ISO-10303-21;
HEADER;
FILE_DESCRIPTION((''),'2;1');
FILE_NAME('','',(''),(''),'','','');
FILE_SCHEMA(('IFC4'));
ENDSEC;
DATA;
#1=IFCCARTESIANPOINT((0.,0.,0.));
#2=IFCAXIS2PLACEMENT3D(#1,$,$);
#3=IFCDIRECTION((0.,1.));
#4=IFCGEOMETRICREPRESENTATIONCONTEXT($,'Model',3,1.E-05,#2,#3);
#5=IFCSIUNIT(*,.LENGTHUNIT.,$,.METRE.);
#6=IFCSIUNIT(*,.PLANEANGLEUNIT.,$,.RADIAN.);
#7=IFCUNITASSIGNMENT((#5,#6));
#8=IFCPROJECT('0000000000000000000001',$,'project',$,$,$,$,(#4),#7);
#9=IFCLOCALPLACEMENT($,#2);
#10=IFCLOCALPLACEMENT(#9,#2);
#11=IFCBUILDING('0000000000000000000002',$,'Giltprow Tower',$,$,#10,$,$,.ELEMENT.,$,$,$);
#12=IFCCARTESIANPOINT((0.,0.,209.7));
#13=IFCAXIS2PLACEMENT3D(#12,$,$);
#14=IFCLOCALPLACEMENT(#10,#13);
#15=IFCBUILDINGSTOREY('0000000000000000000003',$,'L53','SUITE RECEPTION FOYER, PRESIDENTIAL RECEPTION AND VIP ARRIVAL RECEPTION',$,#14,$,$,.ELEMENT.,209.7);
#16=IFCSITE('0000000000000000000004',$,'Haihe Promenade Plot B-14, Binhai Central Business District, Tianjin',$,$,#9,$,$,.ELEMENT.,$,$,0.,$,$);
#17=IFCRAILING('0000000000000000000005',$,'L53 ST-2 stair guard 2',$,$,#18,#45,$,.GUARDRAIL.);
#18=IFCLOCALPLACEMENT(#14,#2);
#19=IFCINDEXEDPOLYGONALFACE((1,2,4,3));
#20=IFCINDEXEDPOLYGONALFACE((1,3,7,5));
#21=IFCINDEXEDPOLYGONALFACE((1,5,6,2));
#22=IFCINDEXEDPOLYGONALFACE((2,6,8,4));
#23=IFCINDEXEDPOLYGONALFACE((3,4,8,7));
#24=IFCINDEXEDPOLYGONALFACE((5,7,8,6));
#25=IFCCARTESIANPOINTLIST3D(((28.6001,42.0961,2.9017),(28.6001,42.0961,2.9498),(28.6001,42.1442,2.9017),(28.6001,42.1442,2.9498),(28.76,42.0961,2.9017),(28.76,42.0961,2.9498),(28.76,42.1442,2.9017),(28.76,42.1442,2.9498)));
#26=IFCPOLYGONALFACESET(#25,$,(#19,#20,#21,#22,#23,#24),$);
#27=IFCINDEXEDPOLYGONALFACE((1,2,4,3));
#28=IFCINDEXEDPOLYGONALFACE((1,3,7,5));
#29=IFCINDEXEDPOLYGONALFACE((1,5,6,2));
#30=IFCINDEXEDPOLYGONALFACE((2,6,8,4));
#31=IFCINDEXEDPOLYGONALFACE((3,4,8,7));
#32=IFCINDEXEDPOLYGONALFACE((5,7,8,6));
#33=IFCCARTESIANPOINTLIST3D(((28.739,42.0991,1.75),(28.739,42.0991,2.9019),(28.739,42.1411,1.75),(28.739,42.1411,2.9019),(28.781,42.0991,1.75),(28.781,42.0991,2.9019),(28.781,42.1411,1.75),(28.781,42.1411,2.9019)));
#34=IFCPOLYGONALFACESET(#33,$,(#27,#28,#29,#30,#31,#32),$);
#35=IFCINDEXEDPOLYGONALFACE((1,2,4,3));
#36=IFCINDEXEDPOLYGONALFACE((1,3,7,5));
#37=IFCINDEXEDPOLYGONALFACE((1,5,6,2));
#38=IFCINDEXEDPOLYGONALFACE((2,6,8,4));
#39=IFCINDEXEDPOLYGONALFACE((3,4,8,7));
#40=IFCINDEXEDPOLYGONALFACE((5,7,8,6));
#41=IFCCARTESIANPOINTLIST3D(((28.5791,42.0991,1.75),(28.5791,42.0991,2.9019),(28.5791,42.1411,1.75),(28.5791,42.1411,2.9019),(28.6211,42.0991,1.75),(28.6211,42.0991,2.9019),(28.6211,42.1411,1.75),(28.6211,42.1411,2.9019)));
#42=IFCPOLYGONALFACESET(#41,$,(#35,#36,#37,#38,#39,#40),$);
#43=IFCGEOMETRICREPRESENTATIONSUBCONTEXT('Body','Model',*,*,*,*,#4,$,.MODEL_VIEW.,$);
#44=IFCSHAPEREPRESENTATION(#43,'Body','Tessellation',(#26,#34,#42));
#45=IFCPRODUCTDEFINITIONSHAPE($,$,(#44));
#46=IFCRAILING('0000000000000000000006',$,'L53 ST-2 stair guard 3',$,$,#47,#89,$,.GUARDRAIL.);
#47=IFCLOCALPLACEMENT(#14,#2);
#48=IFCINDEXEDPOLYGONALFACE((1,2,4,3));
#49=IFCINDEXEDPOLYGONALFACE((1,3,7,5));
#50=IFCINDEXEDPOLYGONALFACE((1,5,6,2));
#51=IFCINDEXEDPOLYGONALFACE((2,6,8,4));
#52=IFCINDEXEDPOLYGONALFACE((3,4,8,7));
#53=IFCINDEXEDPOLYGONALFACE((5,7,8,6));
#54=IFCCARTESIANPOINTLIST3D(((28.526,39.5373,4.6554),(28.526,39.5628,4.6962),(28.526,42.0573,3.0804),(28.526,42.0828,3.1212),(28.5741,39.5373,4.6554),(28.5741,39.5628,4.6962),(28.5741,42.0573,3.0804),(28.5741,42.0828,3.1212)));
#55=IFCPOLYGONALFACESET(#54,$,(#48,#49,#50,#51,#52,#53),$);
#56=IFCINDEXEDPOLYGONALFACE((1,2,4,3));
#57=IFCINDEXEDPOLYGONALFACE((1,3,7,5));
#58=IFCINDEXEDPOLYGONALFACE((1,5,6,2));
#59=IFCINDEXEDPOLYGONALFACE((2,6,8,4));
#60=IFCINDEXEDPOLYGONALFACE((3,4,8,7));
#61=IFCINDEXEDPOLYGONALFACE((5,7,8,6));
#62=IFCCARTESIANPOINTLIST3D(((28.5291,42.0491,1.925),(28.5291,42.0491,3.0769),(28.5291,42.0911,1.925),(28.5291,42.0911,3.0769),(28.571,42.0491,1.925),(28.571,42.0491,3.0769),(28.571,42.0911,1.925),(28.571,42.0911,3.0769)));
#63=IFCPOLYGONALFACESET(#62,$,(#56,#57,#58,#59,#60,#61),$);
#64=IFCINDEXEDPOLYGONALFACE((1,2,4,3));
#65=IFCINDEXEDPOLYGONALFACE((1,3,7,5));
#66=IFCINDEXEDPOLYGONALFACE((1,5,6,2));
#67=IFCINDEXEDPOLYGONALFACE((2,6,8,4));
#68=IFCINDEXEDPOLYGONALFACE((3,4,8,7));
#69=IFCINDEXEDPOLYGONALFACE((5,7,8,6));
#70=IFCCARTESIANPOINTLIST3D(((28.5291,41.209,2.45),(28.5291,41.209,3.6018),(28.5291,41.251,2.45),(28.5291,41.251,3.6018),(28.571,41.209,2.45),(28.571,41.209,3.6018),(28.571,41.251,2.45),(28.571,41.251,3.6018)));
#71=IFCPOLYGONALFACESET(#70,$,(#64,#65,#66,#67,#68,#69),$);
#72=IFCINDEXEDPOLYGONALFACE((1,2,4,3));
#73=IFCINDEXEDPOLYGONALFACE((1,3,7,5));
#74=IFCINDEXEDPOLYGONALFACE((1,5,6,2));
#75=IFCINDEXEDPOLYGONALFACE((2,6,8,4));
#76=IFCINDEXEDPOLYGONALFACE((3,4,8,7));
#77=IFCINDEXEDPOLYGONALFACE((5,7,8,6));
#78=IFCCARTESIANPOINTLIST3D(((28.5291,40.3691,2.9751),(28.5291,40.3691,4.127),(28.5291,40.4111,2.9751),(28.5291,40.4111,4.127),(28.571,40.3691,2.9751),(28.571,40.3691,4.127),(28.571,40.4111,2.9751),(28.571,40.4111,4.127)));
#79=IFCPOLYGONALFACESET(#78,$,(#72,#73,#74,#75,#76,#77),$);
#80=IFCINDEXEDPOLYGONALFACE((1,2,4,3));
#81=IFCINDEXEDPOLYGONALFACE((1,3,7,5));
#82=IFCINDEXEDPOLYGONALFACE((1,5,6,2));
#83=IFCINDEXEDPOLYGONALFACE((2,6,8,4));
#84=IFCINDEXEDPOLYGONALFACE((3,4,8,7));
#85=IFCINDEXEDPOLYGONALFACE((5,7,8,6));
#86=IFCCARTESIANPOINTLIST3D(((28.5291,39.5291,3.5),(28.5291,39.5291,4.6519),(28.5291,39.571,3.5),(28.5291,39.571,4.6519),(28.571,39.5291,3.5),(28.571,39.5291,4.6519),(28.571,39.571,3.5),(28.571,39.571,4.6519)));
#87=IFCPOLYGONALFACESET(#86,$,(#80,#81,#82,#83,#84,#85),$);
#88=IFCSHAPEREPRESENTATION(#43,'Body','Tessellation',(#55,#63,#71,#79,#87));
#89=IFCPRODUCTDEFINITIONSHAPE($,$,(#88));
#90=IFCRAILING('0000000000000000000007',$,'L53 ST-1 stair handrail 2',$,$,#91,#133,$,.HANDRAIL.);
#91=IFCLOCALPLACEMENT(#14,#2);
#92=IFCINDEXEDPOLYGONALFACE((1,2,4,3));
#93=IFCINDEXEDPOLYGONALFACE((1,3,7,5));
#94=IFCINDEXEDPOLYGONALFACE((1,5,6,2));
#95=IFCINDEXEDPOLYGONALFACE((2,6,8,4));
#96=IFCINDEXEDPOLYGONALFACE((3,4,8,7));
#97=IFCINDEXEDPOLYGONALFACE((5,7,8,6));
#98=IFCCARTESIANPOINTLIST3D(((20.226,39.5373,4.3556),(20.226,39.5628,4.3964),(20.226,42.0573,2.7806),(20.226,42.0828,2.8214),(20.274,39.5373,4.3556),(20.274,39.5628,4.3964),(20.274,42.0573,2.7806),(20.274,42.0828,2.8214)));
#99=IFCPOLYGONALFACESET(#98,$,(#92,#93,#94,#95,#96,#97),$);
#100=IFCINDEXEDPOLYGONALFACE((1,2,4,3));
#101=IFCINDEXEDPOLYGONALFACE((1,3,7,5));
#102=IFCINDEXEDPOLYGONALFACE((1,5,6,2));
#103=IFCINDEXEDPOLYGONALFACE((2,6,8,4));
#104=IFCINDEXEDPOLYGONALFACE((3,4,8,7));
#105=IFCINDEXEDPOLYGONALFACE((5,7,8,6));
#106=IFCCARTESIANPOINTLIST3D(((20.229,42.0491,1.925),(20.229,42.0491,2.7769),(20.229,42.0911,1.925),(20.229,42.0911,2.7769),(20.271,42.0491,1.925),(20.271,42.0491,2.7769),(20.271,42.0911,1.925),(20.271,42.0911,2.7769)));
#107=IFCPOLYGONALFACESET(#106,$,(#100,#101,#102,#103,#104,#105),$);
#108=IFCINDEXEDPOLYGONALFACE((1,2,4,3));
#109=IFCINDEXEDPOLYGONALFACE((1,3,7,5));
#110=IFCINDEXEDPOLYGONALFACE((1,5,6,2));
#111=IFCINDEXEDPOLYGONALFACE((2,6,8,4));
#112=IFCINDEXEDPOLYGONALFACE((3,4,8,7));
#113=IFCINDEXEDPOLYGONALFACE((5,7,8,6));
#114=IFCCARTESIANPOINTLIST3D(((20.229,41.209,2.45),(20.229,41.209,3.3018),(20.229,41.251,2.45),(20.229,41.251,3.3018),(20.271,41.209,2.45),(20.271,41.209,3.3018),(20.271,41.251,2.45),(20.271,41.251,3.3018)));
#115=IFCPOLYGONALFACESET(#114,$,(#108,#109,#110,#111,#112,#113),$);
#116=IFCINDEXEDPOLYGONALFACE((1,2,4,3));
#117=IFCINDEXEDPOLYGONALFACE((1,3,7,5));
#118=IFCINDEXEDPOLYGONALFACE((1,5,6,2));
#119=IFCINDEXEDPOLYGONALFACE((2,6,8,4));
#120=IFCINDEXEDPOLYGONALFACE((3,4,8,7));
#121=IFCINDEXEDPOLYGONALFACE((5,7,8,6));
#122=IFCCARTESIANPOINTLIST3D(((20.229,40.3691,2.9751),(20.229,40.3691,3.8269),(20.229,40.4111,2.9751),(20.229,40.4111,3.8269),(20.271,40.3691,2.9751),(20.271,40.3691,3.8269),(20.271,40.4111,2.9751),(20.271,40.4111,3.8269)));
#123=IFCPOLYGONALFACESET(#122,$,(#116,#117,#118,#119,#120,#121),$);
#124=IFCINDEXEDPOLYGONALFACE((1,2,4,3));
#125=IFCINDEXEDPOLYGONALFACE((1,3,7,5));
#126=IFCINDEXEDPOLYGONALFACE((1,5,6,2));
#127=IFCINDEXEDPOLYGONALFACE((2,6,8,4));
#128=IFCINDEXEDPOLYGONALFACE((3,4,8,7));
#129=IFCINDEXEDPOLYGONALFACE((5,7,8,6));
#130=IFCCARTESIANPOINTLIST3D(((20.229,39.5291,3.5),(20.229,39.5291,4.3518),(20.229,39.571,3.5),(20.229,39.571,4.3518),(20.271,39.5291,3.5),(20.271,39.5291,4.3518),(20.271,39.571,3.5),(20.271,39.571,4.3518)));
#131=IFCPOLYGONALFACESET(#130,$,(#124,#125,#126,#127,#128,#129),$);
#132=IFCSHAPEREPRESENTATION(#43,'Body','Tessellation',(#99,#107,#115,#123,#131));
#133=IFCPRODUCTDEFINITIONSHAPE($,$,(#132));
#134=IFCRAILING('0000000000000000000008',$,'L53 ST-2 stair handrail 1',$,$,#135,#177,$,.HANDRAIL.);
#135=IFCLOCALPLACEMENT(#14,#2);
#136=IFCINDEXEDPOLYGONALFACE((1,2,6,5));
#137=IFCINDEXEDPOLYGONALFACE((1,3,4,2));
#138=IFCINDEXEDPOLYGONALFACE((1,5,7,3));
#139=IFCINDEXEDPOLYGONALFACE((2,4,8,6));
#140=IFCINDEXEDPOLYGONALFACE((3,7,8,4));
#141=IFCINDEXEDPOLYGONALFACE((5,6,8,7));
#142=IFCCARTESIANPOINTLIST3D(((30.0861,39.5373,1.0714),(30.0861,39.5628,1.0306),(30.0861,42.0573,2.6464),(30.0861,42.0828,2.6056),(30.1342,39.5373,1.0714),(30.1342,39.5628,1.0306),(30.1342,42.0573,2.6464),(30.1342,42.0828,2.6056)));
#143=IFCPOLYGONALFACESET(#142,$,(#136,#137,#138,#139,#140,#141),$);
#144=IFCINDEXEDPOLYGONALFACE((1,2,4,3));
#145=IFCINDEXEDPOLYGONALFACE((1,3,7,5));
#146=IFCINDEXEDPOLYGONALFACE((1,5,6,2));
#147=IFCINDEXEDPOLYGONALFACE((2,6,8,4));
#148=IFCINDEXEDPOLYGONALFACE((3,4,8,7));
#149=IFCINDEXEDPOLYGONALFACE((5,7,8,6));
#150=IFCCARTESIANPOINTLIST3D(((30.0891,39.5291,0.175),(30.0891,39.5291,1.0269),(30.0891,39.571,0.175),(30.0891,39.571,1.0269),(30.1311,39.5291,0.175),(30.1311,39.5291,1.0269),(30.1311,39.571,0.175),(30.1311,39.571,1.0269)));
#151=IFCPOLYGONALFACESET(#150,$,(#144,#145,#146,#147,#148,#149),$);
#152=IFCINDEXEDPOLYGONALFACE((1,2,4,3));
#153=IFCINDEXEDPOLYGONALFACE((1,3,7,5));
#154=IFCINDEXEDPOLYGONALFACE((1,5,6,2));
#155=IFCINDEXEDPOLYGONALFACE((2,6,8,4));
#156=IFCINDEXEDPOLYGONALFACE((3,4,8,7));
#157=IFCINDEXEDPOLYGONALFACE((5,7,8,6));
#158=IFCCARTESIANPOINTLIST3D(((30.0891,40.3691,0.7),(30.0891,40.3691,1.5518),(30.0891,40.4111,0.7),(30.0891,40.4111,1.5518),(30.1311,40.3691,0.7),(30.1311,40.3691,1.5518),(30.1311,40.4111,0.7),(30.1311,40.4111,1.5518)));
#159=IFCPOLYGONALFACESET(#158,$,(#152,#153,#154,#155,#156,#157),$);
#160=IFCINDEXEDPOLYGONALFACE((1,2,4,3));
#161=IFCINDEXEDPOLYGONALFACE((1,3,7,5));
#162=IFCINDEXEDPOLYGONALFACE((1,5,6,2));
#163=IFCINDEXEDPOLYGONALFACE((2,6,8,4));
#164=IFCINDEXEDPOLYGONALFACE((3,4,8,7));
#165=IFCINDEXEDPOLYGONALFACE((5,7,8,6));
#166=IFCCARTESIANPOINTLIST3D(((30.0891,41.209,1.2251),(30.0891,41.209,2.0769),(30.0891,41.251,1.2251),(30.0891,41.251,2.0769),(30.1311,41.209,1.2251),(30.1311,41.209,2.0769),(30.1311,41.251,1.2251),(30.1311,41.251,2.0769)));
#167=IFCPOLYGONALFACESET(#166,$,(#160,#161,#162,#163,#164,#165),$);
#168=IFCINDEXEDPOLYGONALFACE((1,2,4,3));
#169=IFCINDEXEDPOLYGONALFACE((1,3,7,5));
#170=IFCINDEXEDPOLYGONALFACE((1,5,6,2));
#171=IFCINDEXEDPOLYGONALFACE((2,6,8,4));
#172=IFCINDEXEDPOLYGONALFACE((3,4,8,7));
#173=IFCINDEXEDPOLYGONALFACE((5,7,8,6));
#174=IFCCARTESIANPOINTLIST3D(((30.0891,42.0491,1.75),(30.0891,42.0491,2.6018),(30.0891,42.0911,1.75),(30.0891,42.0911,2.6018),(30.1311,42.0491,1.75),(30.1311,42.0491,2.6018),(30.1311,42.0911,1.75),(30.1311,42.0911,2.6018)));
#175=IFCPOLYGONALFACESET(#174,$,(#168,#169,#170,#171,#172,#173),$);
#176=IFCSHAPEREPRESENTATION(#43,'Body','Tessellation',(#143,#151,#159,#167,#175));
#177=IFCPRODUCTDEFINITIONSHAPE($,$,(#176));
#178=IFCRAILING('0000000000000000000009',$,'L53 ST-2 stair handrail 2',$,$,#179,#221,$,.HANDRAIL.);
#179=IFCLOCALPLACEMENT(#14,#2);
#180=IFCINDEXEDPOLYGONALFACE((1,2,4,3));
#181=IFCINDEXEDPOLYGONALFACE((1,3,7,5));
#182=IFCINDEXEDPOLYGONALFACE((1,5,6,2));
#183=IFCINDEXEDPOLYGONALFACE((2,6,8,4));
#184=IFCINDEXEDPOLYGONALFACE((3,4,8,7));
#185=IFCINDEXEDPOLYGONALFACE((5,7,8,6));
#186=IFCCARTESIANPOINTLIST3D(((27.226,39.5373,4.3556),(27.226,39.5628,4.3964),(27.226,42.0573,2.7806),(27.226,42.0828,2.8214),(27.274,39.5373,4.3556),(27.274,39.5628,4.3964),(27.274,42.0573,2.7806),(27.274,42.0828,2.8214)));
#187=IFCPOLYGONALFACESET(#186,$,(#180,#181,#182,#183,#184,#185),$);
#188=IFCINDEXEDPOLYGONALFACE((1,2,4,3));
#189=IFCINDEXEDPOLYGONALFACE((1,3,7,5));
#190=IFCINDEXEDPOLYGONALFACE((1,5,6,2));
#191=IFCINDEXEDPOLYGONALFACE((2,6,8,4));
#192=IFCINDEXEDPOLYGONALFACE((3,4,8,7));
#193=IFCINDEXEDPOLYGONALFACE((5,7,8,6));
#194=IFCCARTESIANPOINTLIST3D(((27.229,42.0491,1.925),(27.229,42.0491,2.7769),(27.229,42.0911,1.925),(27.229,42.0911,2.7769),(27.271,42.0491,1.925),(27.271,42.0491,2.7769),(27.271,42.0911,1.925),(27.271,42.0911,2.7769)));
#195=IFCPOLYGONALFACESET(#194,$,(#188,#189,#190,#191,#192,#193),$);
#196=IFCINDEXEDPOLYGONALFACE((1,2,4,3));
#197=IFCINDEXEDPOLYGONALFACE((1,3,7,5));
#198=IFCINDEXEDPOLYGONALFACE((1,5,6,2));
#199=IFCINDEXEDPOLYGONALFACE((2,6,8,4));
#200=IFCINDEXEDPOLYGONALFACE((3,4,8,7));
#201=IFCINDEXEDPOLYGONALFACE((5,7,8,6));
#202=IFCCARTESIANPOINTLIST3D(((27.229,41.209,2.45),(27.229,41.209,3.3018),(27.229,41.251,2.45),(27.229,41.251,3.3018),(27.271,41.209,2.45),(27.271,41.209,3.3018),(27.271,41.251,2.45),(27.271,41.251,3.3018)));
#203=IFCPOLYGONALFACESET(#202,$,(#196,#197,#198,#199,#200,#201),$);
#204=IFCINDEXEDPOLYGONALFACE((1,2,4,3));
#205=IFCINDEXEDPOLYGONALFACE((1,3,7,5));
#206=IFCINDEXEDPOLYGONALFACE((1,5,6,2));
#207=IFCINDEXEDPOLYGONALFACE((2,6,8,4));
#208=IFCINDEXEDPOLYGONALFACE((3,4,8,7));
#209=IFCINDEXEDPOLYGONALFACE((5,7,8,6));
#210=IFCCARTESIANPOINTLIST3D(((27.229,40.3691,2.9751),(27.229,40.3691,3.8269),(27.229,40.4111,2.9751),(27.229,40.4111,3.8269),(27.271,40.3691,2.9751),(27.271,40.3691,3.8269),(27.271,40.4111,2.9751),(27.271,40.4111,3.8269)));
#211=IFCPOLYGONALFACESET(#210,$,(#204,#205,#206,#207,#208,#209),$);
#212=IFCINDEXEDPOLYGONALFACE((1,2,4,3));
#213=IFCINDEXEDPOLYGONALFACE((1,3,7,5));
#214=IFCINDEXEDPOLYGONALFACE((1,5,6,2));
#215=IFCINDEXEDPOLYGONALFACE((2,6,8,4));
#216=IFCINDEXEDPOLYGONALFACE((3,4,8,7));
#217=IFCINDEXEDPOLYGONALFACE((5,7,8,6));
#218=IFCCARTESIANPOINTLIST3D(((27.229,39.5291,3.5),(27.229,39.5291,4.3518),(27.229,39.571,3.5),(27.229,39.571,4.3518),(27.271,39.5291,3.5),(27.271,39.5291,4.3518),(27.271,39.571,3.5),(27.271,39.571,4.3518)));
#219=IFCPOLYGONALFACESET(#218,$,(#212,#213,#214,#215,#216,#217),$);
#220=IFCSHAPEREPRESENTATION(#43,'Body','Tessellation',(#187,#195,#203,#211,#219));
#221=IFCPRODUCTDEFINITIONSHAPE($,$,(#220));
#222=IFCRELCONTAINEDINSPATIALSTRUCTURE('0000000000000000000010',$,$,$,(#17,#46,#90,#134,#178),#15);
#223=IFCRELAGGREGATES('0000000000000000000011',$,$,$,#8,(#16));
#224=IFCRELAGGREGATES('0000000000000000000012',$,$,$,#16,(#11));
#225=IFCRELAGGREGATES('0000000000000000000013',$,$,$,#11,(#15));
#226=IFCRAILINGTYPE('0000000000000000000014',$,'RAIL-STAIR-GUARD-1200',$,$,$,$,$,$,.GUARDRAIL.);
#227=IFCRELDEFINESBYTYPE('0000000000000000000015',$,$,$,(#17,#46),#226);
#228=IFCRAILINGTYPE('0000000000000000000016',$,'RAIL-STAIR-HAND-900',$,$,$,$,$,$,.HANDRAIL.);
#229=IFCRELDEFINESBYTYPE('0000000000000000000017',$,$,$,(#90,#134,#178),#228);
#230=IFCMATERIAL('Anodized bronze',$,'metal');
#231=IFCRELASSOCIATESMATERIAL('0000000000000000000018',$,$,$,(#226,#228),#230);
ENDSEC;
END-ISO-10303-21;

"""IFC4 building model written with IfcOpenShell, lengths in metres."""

from ifc_helpers import new_model, si_unit, direction, frame, origin, origin_2d, place, context, subcontext, project, spatial, rectangle, extrude, material, type_object, element, save


model = new_model("IFC4")

# Units and contexts
model_context = context("Model", 3, precision=1e-05, world=origin(), true_north=direction((0.0, 1.0)))
body_context = subcontext(model_context, "Body", "Model", "MODEL_VIEW")
ifc_project = project(units=[si_unit("LENGTHUNIT", "METRE"), si_unit("PLANEANGLEUNIT", "RADIAN")], contexts=[model_context])

# Site, building, storey
site_placement = place(None, origin())
site = spatial("IfcSite", under=ifc_project, at=site_placement, Name="Haihe Promenade Plot B-14, Binhai Central Business District, Tianjin", CompositionType="ELEMENT", RefElevation=0.0)
building_placement = place(site_placement, origin())
building = spatial("IfcBuilding", under=site, at=building_placement, Name="Giltprow Tower", CompositionType="ELEMENT")
storey_placement = place(building_placement, frame((0.0, 0.0, 209.7)))
storey = spatial("IfcBuildingStorey", under=building, at=storey_placement, Name="L53", Description="SUITE RECEPTION FOYER, PRESIDENTIAL RECEPTION AND VIP ARRIVAL RECEPTION", CompositionType="ELEMENT", Elevation=209.7)

# Railings
ifc_material_1 = material(Name="Anodized bronze", Category="metal")
railing_type_1 = type_object("IfcRailingType", Name="RAIL-STAIR-GUARD-1200", PredefinedType="GUARDRAIL", material=ifc_material_1)
railing_1_placement = place(storey_placement, frame((28.76, 42.1201, 1.75)))
element("IfcRailing", 1, at=railing_1_placement, inside=storey, type_object=railing_type_1, Name="L53 ST-2 stair guard 2", PredefinedType="GUARDRAIL", context=body_context, shape_type="SweptSolid", body=[
    extrude(rectangle(XDim=0.0481, YDim=0.0481, at=origin_2d()), frame((0.0, 0.0, 1.1758), z_axis=(-1.0, 0.0, 0.0), x_axis=(0.0, -1.0, 0.0)), (0.0, 0.0, 1.0), 0.1599),
    extrude(rectangle(XDim=0.042, YDim=0.042, at=origin_2d()), origin(), (0.0, 0.0, 1.0), 1.1519),
    extrude(rectangle(XDim=0.042, YDim=0.042, at=origin_2d()), frame((-0.1599, 0.0, 0.0)), (0.0, 0.0, 1.0), 1.1519),
])
railing_2_placement = place(storey_placement, frame((28.55, 42.0701, 1.925)))
element("IfcRailing", 2, at=railing_2_placement, inside=storey, type_object=railing_type_1, Name="L53 ST-2 stair guard 3", PredefinedType="GUARDRAIL", context=body_context, shape_type="SweptSolid", body=[
    extrude(rectangle(XDim=0.0481, YDim=0.0481, at=origin_2d()), frame((0.0, 0.0, 1.1758), z_axis=(0.0, -0.848008, 0.529984), x_axis=(1.0, 0.0, 0.0)), (0.0, 0.0, 1.0), 2.9717),
    extrude(rectangle(XDim=0.042, YDim=0.042, at=origin_2d()), origin(), (0.0, 0.0, 1.0), 1.1519),
    extrude(rectangle(XDim=0.042, YDim=0.042, at=origin_2d()), frame((0.0, -0.8401, 0.5249)), (0.0, 0.0, 1.0), 1.1519),
    extrude(rectangle(XDim=0.042, YDim=0.042, at=origin_2d()), frame((0.0, -1.6799, 1.05)), (0.0, 0.0, 1.0), 1.1519),
    extrude(rectangle(XDim=0.042, YDim=0.042, at=origin_2d()), frame((0.0, -2.52, 1.575)), (0.0, 0.0, 1.0), 1.1519),
])
railing_type_2 = type_object("IfcRailingType", Name="RAIL-STAIR-HAND-900", PredefinedType="HANDRAIL", material=ifc_material_1)
railing_3_placement = place(storey_placement, frame((20.25, 42.0701, 1.925)))
element("IfcRailing", 3, at=railing_3_placement, inside=storey, type_object=railing_type_2, Name="L53 ST-1 stair handrail 2", PredefinedType="HANDRAIL", context=body_context, shape_type="SweptSolid", body=[
    extrude(rectangle(XDim=0.0481, YDim=0.0481, at=origin_2d()), frame((0.0, 0.0, 0.876), z_axis=(0.0, -0.848008, 0.529984), x_axis=(1.0, 0.0, 0.0)), (0.0, 0.0, 1.0), 2.9717),
    extrude(rectangle(XDim=0.042, YDim=0.042, at=origin_2d()), origin(), (0.0, 0.0, 1.0), 0.8518),
    extrude(rectangle(XDim=0.042, YDim=0.042, at=origin_2d()), frame((0.0, -0.8401, 0.5249)), (0.0, 0.0, 1.0), 0.8518),
    extrude(rectangle(XDim=0.042, YDim=0.042, at=origin_2d()), frame((0.0, -1.6799, 1.05)), (0.0, 0.0, 1.0), 0.8518),
    extrude(rectangle(XDim=0.042, YDim=0.042, at=origin_2d()), frame((0.0, -2.52, 1.575)), (0.0, 0.0, 1.0), 0.8518),
])
railing_4_placement = place(storey_placement, frame((30.1101, 39.55, 0.175)))
element("IfcRailing", 4, at=railing_4_placement, inside=storey, type_object=railing_type_2, Name="L53 ST-2 stair handrail 1", PredefinedType="HANDRAIL", context=body_context, shape_type="SweptSolid", body=[
    extrude(rectangle(XDim=0.0481, YDim=0.0481, at=origin_2d()), frame((0.0, 0.0, 0.876), z_axis=(0.0, 0.848008, 0.529984), x_axis=(-1.0, 0.0, 0.0)), (0.0, 0.0, 1.0), 2.9717),
    extrude(rectangle(XDim=0.042, YDim=0.042, at=origin_2d()), origin(), (0.0, 0.0, 1.0), 0.8518),
    extrude(rectangle(XDim=0.042, YDim=0.042, at=origin_2d()), frame((0.0, 0.8401, 0.5249)), (0.0, 0.0, 1.0), 0.8518),
    extrude(rectangle(XDim=0.042, YDim=0.042, at=origin_2d()), frame((0.0, 1.6799, 1.05)), (0.0, 0.0, 1.0), 0.8518),
    extrude(rectangle(XDim=0.042, YDim=0.042, at=origin_2d()), frame((0.0, 2.52, 1.575)), (0.0, 0.0, 1.0), 0.8518),
])
railing_5_placement = place(storey_placement, frame((27.25, 42.0701, 1.925)))
element("IfcRailing", 5, at=railing_5_placement, inside=storey, type_object=railing_type_2, Name="L53 ST-2 stair handrail 2", PredefinedType="HANDRAIL", context=body_context, shape_type="SweptSolid", body=[
    extrude(rectangle(XDim=0.0481, YDim=0.0481, at=origin_2d()), frame((0.0, 0.0, 0.876), z_axis=(0.0, -0.848008, 0.529984), x_axis=(1.0, 0.0, 0.0)), (0.0, 0.0, 1.0), 2.9717),
    extrude(rectangle(XDim=0.042, YDim=0.042, at=origin_2d()), origin(), (0.0, 0.0, 1.0), 0.8518),
    extrude(rectangle(XDim=0.042, YDim=0.042, at=origin_2d()), frame((0.0, -0.8401, 0.5249)), (0.0, 0.0, 1.0), 0.8518),
    extrude(rectangle(XDim=0.042, YDim=0.042, at=origin_2d()), frame((0.0, -1.6799, 1.05)), (0.0, 0.0, 1.0), 0.8518),
    extrude(rectangle(XDim=0.042, YDim=0.042, at=origin_2d()), frame((0.0, -2.52, 1.575)), (0.0, 0.0, 1.0), 0.8518),
])

save(model, "model.ifc")
